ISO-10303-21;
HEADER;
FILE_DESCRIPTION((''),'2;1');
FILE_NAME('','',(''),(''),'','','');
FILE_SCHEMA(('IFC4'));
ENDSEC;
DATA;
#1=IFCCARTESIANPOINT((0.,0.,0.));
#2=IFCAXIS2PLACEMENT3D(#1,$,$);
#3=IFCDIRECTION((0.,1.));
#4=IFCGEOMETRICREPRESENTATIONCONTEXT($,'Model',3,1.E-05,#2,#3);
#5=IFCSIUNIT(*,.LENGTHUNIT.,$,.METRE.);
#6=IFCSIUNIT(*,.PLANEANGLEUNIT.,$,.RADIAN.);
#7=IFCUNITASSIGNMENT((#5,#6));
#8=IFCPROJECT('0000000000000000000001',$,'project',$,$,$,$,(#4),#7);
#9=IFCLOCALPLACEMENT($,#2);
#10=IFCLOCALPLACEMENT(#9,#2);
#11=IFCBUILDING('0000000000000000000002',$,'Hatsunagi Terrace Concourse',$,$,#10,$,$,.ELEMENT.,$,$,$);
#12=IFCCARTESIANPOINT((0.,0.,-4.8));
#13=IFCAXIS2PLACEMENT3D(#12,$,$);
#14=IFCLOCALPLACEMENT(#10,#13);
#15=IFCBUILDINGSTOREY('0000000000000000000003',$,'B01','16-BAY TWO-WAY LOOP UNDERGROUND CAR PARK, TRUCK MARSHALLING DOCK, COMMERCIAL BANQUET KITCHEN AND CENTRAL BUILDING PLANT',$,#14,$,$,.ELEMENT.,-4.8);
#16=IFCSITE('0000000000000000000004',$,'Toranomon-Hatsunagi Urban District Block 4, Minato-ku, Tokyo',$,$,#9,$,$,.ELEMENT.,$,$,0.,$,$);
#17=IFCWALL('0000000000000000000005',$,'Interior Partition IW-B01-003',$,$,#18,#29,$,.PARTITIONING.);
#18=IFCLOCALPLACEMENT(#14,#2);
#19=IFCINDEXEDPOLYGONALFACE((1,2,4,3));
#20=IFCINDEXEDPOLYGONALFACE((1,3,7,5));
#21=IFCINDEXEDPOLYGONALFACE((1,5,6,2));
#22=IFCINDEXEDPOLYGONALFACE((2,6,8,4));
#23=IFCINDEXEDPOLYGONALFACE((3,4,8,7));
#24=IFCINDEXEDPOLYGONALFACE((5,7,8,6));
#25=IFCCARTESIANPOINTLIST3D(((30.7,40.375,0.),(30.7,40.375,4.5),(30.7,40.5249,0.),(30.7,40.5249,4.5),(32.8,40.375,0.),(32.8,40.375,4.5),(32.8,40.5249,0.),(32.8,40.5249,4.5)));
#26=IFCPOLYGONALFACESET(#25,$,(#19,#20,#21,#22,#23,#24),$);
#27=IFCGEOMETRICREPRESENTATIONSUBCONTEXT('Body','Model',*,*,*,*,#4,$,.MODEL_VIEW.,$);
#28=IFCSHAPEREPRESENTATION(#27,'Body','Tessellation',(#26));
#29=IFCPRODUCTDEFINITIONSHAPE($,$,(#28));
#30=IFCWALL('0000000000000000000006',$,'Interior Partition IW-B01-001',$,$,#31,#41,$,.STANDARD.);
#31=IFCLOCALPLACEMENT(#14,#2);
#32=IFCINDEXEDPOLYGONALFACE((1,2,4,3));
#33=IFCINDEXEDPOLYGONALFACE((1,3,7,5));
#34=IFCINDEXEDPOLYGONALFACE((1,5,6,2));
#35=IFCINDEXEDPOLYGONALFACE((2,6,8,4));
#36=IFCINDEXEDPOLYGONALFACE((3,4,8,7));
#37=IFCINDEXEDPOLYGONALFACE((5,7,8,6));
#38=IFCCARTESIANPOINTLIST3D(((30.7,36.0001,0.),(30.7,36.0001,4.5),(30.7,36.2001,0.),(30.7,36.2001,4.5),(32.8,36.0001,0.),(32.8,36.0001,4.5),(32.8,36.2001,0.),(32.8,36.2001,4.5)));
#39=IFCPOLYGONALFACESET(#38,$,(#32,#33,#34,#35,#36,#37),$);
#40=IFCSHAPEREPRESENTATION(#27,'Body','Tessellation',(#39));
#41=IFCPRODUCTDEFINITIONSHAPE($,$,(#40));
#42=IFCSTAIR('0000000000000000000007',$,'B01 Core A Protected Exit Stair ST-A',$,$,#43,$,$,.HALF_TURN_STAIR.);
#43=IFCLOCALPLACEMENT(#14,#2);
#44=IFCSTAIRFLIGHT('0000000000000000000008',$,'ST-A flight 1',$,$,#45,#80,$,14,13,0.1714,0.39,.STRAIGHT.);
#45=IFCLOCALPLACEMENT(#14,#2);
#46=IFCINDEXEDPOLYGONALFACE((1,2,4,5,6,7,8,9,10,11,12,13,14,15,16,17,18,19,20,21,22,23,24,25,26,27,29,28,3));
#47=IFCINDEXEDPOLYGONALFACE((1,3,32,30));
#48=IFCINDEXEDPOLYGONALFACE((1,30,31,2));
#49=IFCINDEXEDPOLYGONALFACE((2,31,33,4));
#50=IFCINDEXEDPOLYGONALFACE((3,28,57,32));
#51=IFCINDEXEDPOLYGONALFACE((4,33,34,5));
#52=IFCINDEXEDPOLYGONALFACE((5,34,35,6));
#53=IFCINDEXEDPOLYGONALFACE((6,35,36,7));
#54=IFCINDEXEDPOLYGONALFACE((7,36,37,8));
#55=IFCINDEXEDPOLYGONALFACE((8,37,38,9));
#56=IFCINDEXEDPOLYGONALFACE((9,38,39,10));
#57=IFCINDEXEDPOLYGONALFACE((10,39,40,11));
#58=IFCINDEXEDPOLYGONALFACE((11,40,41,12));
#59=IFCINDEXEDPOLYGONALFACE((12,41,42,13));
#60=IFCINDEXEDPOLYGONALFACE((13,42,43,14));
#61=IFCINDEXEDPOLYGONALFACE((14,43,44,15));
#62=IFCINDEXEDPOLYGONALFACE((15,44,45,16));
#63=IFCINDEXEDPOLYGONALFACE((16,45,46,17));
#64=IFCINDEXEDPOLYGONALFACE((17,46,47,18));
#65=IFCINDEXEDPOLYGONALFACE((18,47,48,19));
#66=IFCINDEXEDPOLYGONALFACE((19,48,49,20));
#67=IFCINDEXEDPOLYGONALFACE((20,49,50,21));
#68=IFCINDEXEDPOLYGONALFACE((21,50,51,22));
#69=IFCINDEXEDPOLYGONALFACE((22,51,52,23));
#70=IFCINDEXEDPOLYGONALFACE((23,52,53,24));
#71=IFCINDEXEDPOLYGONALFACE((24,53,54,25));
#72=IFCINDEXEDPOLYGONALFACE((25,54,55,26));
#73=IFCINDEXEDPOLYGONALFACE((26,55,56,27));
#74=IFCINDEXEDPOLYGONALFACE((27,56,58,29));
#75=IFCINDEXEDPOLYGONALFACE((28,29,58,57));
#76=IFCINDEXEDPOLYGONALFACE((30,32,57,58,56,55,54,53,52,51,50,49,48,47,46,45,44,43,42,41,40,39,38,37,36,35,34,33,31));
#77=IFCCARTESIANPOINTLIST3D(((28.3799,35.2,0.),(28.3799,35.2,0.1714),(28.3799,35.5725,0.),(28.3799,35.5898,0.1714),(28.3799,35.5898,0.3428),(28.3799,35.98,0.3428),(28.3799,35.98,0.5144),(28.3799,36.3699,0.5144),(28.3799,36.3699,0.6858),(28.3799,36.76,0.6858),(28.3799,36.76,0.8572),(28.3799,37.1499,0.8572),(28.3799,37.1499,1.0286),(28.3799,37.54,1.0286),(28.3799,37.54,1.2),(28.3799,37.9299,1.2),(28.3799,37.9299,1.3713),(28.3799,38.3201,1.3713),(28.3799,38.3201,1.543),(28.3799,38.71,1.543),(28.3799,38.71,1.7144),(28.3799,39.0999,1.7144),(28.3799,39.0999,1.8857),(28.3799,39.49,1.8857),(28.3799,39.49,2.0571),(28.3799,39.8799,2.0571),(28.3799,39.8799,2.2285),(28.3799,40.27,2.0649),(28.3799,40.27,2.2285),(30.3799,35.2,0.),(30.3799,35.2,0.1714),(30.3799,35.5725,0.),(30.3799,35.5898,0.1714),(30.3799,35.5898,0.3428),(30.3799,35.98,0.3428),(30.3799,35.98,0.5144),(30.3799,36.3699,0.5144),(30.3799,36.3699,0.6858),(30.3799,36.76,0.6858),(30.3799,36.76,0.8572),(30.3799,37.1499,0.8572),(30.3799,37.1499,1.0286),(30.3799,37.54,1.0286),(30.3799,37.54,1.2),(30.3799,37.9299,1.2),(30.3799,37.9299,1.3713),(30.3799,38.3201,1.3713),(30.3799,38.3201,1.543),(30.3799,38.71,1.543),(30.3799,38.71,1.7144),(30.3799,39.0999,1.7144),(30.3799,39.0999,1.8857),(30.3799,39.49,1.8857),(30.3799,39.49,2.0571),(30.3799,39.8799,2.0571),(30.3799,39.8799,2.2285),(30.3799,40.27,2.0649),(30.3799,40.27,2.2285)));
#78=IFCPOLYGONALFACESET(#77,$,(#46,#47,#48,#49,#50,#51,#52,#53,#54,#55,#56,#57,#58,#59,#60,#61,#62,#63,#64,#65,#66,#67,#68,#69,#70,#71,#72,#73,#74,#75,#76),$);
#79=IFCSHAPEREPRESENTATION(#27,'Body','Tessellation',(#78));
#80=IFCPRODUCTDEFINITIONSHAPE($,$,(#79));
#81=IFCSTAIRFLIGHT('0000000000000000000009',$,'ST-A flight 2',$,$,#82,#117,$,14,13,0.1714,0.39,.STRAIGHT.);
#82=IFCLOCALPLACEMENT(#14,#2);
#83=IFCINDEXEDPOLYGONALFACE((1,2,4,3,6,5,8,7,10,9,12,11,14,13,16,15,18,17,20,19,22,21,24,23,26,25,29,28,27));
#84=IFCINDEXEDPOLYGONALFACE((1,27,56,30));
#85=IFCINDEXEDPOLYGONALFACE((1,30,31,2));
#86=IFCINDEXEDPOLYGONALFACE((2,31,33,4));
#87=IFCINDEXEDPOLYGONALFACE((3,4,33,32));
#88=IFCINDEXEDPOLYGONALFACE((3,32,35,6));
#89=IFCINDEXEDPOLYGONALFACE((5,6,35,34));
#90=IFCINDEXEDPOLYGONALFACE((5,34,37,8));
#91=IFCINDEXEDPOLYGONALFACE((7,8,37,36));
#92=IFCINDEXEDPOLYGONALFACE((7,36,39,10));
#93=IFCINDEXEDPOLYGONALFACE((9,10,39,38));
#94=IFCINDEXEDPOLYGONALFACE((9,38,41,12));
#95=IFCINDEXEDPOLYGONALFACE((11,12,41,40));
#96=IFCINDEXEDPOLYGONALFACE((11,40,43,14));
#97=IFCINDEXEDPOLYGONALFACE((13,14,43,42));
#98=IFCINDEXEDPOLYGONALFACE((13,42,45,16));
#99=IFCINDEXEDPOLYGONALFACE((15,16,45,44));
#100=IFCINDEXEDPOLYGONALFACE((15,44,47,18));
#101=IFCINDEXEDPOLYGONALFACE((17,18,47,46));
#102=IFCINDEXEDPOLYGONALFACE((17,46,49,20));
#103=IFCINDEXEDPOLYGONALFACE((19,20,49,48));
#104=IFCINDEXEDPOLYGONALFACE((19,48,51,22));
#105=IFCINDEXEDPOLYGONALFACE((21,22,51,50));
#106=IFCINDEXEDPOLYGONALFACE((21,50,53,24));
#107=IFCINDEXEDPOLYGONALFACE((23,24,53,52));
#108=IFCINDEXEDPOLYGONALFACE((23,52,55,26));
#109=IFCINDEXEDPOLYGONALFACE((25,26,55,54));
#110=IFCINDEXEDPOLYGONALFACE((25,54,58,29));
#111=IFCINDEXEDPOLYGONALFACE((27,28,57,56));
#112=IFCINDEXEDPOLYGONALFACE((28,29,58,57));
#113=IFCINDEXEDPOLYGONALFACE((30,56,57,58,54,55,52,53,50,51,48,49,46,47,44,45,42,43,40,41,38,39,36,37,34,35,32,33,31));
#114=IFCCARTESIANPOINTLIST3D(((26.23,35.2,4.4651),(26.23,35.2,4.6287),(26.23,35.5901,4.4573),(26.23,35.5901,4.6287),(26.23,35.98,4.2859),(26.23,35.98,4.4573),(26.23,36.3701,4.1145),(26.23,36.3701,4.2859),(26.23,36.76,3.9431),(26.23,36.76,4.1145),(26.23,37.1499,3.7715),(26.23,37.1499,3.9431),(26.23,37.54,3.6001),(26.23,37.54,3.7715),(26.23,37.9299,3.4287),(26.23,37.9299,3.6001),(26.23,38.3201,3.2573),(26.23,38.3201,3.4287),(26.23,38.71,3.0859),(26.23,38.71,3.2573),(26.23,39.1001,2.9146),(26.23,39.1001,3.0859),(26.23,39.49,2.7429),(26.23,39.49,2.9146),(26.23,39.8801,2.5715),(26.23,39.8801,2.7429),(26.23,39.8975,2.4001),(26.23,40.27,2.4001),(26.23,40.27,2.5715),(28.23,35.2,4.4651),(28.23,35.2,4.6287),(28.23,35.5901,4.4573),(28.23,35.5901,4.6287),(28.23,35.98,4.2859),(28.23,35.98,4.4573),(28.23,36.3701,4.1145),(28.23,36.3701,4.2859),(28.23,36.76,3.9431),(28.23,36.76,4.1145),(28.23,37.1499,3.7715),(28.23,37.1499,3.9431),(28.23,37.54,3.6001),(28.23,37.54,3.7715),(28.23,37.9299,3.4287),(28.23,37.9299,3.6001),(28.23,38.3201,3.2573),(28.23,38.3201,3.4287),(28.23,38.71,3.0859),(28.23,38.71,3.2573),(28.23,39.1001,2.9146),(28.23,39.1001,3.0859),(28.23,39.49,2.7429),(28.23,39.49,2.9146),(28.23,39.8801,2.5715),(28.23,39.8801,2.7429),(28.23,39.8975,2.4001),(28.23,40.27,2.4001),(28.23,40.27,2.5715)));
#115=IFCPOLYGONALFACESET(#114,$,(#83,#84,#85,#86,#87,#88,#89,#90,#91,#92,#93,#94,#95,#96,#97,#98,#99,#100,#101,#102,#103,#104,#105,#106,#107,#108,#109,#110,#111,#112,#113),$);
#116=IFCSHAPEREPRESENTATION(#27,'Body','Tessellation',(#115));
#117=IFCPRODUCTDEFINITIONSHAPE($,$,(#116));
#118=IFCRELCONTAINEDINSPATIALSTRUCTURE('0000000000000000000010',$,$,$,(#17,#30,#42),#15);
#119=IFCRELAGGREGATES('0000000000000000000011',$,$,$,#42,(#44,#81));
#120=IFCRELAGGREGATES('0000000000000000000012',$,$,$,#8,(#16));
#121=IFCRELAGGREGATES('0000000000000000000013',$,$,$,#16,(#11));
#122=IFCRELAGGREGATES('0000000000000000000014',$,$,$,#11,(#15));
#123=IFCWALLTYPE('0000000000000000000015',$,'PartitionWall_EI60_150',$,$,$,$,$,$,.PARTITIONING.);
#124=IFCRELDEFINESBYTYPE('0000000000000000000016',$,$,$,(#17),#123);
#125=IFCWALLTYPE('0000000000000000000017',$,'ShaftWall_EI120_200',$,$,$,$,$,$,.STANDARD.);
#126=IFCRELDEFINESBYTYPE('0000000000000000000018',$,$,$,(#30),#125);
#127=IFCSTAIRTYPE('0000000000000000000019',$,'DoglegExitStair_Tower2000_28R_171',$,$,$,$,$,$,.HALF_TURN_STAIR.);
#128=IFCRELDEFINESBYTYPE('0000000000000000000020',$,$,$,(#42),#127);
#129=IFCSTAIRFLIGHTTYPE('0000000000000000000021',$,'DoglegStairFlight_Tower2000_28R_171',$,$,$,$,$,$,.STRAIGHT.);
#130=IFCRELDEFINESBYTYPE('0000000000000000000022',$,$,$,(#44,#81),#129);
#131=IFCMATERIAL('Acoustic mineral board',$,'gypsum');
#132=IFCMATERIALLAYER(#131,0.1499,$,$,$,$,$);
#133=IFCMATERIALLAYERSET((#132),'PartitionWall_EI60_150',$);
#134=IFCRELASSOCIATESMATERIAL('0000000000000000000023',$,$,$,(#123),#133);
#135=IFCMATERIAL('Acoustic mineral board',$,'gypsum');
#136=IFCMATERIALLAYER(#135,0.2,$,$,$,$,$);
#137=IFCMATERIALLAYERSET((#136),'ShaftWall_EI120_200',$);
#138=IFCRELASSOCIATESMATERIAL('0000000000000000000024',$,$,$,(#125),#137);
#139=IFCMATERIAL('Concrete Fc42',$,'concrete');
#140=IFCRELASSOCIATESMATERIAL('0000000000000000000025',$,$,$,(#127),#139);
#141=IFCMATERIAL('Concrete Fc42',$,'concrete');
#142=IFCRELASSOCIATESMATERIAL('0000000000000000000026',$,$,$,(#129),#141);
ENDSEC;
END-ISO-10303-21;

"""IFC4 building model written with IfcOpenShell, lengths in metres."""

from ifc_helpers import new_model, si_unit, direction, frame, frame_2d, origin, place, context, subcontext, project, spatial, polyline, rectangle, outline, extrude, material, layer, layer_set, type_object, element, aggregate, save


model = new_model("IFC4")

# Units and contexts
model_context = context("Model", 3, precision=1e-05, world=origin(), true_north=direction((0.0, 1.0)))
body_context = subcontext(model_context, "Body", "Model", "MODEL_VIEW")
ifc_project = project(units=[si_unit("LENGTHUNIT", "METRE"), si_unit("PLANEANGLEUNIT", "RADIAN")], contexts=[model_context])

# Site, building, storey
site_placement = place(None, origin())
site = spatial("IfcSite", under=ifc_project, at=site_placement, Name="Toranomon-Hatsunagi Urban District Block 4, Minato-ku, Tokyo", CompositionType="ELEMENT", RefElevation=0.0)
building_placement = place(site_placement, origin())
building = spatial("IfcBuilding", under=site, at=building_placement, Name="Hatsunagi Terrace Concourse", CompositionType="ELEMENT")
storey_placement = place(building_placement, frame((0.0, 0.0, -4.8)))
storey = spatial("IfcBuildingStorey", under=building, at=storey_placement, Name="B01", Description="16-BAY TWO-WAY LOOP UNDERGROUND CAR PARK, TRUCK MARSHALLING DOCK, COMMERCIAL BANQUET KITCHEN AND CENTRAL BUILDING PLANT", CompositionType="ELEMENT", Elevation=-4.8)

# Walls
ifc_material_1 = material(Name="Acoustic mineral board", Category="gypsum")
ifc_layer_1 = layer(ifc_material_1, 0.1499)
ifc_layer_set_1 = layer_set([ifc_layer_1], Name="PartitionWall_EI60_150")
wall_type_1 = type_object("IfcWallType", Name="PartitionWall_EI60_150", PredefinedType="PARTITIONING", material=ifc_layer_set_1)
for number, where, z_axis, x_axis, name in (
    (1, (30.7, 40.45, 0.0), (0.0, 0.0, 1.0), (1.0, 0.0, 0.0), "Interior Partition IW-B01-003"),
):
    element("IfcWall", number, at=place(storey_placement, frame(where, z_axis=z_axis, x_axis=x_axis)), inside=storey, type_object=wall_type_1, Name=name, PredefinedType="PARTITIONING", context=body_context, shape_type="SweptSolid", body=[
        extrude(rectangle(XDim=2.1001, YDim=0.1499, at=frame_2d((1.05, 0.0))), origin(), (0.0, 0.0, 1.0), 4.5),
    ])
ifc_material_2 = material(Name="Acoustic mineral board", Category="gypsum")
ifc_layer_2 = layer(ifc_material_2, 0.2)
ifc_layer_set_2 = layer_set([ifc_layer_2], Name="ShaftWall_EI120_200")
wall_type_2 = type_object("IfcWallType", Name="ShaftWall_EI120_200", PredefinedType="STANDARD", material=ifc_layer_set_2)
wall_1_placement = place(storey_placement, frame((30.7, 36.1001, 0.0), z_axis=(0.0, 0.0, 1.0), x_axis=(1.0, 0.0, 0.0)))
element("IfcWall", 2, at=wall_1_placement, inside=storey, type_object=wall_type_2, Name="Interior Partition IW-B01-001", PredefinedType="STANDARD", context=body_context, shape_type="SweptSolid", body=[
    extrude(rectangle(XDim=2.1001, YDim=0.2, at=frame_2d((1.05, 0.0))), origin(), (0.0, 0.0, 1.0), 4.5),
])

# Stair, stair flights
ifc_material_3 = material(Name="Concrete Fc42", Category="concrete")
stair_type = type_object("IfcStairType", Name="DoglegExitStair_Tower2000_28R_171", PredefinedType="HALF_TURN_STAIR", material=ifc_material_3)
stair_placement = place(storey_placement, origin())
stair = element("IfcStair", 3, at=stair_placement, inside=storey, type_object=stair_type, Name="B01 Core A Protected Exit Stair ST-A", PredefinedType="HALF_TURN_STAIR")
ifc_material_4 = material(Name="Concrete Fc42", Category="concrete")
stair_flight_type = type_object("IfcStairFlightType", Name="DoglegStairFlight_Tower2000_28R_171", PredefinedType="STRAIGHT", material=ifc_material_4)
stair_flight_1_placement = place(storey_placement, frame((29.3799, 35.2, 0.0), z_axis=(0.0, 0.0, 1.0), x_axis=(0.0, 1.0, 0.0)))
stair_flight_1 = element("IfcStairFlight", 4, at=stair_flight_1_placement, type_object=stair_flight_type, Name="ST-A flight 1", NumberOfRisers=14, NumberOfTreads=13, PredefinedType="STRAIGHT", RiserHeight=0.1714, TreadLength=0.39, context=body_context, shape_type="SweptSolid", body=[
    extrude(outline(polyline([(0.0, 0.0), (0.0, 0.1714), (0.3899, 0.1714), (0.3899, 0.3428), (0.78, 0.3428), (0.78, 0.5144), (1.1699, 0.5144), (1.1699, 0.6858), (1.5601, 0.6858), (1.5601, 0.8572), (1.95, 0.8572), (1.95, 1.0286), (2.3401, 1.0286), (2.3401, 1.2), (2.73, 1.2), (2.73, 1.3713), (3.1201, 1.3713), (3.1201, 1.543), (3.51, 1.543), (3.51, 1.7144), (3.8999, 1.7144), (3.8999, 1.8857), (4.29, 1.8857), (4.29, 2.0571), (4.6799, 2.0571), (4.6799, 2.2285), (5.0701, 2.2285), (5.0701, 2.3999), (5.0701, 2.0649), (0.3726, 0.0), (0.0, 0.0)])), frame((0.0, 1.0, 0.0), z_axis=(0.0, -1.0, 0.0), x_axis=(1.0, 0.0, 0.0)), (0.0, 0.0, 1.0), 2.0),
])
stair_flight_2_placement = place(storey_placement, frame((27.23, 40.27, 2.4001), z_axis=(0.0, 0.0, 1.0), x_axis=(0.0, -1.0, 0.0)))
stair_flight_2 = element("IfcStairFlight", 5, at=stair_flight_2_placement, type_object=stair_flight_type, Name="ST-A flight 2", NumberOfRisers=14, NumberOfTreads=13, PredefinedType="STRAIGHT", RiserHeight=0.1714, TreadLength=0.39, context=body_context, shape_type="SweptSolid", body=[
    extrude(outline(polyline([(0.0, 0.0), (0.0, 0.1714), (0.3899, 0.1714), (0.3899, 0.3428), (0.78, 0.3428), (0.78, 0.5144), (1.1699, 0.5144), (1.1699, 0.6858), (1.5601, 0.6858), (1.5601, 0.8572), (1.95, 0.8572), (1.95, 1.0286), (2.3401, 1.0286), (2.3401, 1.2), (2.73, 1.2), (2.73, 1.3713), (3.1201, 1.3713), (3.1201, 1.543), (3.51, 1.543), (3.51, 1.7144), (3.8999, 1.7144), (3.8999, 1.8857), (4.29, 1.8857), (4.29, 2.0571), (4.6799, 2.0571), (4.6799, 2.2285), (5.0701, 2.2285), (5.0701, 2.3999), (5.0701, 2.0649), (0.3726, 0.0), (0.0, 0.0)])), frame((0.0, 1.0, 0.0), z_axis=(0.0, -1.0, 0.0), x_axis=(1.0, 0.0, 0.0)), (0.0, 0.0, 1.0), 2.0),
])
aggregate(stair, [stair_flight_1, stair_flight_2])

save(model, "model.ifc")
